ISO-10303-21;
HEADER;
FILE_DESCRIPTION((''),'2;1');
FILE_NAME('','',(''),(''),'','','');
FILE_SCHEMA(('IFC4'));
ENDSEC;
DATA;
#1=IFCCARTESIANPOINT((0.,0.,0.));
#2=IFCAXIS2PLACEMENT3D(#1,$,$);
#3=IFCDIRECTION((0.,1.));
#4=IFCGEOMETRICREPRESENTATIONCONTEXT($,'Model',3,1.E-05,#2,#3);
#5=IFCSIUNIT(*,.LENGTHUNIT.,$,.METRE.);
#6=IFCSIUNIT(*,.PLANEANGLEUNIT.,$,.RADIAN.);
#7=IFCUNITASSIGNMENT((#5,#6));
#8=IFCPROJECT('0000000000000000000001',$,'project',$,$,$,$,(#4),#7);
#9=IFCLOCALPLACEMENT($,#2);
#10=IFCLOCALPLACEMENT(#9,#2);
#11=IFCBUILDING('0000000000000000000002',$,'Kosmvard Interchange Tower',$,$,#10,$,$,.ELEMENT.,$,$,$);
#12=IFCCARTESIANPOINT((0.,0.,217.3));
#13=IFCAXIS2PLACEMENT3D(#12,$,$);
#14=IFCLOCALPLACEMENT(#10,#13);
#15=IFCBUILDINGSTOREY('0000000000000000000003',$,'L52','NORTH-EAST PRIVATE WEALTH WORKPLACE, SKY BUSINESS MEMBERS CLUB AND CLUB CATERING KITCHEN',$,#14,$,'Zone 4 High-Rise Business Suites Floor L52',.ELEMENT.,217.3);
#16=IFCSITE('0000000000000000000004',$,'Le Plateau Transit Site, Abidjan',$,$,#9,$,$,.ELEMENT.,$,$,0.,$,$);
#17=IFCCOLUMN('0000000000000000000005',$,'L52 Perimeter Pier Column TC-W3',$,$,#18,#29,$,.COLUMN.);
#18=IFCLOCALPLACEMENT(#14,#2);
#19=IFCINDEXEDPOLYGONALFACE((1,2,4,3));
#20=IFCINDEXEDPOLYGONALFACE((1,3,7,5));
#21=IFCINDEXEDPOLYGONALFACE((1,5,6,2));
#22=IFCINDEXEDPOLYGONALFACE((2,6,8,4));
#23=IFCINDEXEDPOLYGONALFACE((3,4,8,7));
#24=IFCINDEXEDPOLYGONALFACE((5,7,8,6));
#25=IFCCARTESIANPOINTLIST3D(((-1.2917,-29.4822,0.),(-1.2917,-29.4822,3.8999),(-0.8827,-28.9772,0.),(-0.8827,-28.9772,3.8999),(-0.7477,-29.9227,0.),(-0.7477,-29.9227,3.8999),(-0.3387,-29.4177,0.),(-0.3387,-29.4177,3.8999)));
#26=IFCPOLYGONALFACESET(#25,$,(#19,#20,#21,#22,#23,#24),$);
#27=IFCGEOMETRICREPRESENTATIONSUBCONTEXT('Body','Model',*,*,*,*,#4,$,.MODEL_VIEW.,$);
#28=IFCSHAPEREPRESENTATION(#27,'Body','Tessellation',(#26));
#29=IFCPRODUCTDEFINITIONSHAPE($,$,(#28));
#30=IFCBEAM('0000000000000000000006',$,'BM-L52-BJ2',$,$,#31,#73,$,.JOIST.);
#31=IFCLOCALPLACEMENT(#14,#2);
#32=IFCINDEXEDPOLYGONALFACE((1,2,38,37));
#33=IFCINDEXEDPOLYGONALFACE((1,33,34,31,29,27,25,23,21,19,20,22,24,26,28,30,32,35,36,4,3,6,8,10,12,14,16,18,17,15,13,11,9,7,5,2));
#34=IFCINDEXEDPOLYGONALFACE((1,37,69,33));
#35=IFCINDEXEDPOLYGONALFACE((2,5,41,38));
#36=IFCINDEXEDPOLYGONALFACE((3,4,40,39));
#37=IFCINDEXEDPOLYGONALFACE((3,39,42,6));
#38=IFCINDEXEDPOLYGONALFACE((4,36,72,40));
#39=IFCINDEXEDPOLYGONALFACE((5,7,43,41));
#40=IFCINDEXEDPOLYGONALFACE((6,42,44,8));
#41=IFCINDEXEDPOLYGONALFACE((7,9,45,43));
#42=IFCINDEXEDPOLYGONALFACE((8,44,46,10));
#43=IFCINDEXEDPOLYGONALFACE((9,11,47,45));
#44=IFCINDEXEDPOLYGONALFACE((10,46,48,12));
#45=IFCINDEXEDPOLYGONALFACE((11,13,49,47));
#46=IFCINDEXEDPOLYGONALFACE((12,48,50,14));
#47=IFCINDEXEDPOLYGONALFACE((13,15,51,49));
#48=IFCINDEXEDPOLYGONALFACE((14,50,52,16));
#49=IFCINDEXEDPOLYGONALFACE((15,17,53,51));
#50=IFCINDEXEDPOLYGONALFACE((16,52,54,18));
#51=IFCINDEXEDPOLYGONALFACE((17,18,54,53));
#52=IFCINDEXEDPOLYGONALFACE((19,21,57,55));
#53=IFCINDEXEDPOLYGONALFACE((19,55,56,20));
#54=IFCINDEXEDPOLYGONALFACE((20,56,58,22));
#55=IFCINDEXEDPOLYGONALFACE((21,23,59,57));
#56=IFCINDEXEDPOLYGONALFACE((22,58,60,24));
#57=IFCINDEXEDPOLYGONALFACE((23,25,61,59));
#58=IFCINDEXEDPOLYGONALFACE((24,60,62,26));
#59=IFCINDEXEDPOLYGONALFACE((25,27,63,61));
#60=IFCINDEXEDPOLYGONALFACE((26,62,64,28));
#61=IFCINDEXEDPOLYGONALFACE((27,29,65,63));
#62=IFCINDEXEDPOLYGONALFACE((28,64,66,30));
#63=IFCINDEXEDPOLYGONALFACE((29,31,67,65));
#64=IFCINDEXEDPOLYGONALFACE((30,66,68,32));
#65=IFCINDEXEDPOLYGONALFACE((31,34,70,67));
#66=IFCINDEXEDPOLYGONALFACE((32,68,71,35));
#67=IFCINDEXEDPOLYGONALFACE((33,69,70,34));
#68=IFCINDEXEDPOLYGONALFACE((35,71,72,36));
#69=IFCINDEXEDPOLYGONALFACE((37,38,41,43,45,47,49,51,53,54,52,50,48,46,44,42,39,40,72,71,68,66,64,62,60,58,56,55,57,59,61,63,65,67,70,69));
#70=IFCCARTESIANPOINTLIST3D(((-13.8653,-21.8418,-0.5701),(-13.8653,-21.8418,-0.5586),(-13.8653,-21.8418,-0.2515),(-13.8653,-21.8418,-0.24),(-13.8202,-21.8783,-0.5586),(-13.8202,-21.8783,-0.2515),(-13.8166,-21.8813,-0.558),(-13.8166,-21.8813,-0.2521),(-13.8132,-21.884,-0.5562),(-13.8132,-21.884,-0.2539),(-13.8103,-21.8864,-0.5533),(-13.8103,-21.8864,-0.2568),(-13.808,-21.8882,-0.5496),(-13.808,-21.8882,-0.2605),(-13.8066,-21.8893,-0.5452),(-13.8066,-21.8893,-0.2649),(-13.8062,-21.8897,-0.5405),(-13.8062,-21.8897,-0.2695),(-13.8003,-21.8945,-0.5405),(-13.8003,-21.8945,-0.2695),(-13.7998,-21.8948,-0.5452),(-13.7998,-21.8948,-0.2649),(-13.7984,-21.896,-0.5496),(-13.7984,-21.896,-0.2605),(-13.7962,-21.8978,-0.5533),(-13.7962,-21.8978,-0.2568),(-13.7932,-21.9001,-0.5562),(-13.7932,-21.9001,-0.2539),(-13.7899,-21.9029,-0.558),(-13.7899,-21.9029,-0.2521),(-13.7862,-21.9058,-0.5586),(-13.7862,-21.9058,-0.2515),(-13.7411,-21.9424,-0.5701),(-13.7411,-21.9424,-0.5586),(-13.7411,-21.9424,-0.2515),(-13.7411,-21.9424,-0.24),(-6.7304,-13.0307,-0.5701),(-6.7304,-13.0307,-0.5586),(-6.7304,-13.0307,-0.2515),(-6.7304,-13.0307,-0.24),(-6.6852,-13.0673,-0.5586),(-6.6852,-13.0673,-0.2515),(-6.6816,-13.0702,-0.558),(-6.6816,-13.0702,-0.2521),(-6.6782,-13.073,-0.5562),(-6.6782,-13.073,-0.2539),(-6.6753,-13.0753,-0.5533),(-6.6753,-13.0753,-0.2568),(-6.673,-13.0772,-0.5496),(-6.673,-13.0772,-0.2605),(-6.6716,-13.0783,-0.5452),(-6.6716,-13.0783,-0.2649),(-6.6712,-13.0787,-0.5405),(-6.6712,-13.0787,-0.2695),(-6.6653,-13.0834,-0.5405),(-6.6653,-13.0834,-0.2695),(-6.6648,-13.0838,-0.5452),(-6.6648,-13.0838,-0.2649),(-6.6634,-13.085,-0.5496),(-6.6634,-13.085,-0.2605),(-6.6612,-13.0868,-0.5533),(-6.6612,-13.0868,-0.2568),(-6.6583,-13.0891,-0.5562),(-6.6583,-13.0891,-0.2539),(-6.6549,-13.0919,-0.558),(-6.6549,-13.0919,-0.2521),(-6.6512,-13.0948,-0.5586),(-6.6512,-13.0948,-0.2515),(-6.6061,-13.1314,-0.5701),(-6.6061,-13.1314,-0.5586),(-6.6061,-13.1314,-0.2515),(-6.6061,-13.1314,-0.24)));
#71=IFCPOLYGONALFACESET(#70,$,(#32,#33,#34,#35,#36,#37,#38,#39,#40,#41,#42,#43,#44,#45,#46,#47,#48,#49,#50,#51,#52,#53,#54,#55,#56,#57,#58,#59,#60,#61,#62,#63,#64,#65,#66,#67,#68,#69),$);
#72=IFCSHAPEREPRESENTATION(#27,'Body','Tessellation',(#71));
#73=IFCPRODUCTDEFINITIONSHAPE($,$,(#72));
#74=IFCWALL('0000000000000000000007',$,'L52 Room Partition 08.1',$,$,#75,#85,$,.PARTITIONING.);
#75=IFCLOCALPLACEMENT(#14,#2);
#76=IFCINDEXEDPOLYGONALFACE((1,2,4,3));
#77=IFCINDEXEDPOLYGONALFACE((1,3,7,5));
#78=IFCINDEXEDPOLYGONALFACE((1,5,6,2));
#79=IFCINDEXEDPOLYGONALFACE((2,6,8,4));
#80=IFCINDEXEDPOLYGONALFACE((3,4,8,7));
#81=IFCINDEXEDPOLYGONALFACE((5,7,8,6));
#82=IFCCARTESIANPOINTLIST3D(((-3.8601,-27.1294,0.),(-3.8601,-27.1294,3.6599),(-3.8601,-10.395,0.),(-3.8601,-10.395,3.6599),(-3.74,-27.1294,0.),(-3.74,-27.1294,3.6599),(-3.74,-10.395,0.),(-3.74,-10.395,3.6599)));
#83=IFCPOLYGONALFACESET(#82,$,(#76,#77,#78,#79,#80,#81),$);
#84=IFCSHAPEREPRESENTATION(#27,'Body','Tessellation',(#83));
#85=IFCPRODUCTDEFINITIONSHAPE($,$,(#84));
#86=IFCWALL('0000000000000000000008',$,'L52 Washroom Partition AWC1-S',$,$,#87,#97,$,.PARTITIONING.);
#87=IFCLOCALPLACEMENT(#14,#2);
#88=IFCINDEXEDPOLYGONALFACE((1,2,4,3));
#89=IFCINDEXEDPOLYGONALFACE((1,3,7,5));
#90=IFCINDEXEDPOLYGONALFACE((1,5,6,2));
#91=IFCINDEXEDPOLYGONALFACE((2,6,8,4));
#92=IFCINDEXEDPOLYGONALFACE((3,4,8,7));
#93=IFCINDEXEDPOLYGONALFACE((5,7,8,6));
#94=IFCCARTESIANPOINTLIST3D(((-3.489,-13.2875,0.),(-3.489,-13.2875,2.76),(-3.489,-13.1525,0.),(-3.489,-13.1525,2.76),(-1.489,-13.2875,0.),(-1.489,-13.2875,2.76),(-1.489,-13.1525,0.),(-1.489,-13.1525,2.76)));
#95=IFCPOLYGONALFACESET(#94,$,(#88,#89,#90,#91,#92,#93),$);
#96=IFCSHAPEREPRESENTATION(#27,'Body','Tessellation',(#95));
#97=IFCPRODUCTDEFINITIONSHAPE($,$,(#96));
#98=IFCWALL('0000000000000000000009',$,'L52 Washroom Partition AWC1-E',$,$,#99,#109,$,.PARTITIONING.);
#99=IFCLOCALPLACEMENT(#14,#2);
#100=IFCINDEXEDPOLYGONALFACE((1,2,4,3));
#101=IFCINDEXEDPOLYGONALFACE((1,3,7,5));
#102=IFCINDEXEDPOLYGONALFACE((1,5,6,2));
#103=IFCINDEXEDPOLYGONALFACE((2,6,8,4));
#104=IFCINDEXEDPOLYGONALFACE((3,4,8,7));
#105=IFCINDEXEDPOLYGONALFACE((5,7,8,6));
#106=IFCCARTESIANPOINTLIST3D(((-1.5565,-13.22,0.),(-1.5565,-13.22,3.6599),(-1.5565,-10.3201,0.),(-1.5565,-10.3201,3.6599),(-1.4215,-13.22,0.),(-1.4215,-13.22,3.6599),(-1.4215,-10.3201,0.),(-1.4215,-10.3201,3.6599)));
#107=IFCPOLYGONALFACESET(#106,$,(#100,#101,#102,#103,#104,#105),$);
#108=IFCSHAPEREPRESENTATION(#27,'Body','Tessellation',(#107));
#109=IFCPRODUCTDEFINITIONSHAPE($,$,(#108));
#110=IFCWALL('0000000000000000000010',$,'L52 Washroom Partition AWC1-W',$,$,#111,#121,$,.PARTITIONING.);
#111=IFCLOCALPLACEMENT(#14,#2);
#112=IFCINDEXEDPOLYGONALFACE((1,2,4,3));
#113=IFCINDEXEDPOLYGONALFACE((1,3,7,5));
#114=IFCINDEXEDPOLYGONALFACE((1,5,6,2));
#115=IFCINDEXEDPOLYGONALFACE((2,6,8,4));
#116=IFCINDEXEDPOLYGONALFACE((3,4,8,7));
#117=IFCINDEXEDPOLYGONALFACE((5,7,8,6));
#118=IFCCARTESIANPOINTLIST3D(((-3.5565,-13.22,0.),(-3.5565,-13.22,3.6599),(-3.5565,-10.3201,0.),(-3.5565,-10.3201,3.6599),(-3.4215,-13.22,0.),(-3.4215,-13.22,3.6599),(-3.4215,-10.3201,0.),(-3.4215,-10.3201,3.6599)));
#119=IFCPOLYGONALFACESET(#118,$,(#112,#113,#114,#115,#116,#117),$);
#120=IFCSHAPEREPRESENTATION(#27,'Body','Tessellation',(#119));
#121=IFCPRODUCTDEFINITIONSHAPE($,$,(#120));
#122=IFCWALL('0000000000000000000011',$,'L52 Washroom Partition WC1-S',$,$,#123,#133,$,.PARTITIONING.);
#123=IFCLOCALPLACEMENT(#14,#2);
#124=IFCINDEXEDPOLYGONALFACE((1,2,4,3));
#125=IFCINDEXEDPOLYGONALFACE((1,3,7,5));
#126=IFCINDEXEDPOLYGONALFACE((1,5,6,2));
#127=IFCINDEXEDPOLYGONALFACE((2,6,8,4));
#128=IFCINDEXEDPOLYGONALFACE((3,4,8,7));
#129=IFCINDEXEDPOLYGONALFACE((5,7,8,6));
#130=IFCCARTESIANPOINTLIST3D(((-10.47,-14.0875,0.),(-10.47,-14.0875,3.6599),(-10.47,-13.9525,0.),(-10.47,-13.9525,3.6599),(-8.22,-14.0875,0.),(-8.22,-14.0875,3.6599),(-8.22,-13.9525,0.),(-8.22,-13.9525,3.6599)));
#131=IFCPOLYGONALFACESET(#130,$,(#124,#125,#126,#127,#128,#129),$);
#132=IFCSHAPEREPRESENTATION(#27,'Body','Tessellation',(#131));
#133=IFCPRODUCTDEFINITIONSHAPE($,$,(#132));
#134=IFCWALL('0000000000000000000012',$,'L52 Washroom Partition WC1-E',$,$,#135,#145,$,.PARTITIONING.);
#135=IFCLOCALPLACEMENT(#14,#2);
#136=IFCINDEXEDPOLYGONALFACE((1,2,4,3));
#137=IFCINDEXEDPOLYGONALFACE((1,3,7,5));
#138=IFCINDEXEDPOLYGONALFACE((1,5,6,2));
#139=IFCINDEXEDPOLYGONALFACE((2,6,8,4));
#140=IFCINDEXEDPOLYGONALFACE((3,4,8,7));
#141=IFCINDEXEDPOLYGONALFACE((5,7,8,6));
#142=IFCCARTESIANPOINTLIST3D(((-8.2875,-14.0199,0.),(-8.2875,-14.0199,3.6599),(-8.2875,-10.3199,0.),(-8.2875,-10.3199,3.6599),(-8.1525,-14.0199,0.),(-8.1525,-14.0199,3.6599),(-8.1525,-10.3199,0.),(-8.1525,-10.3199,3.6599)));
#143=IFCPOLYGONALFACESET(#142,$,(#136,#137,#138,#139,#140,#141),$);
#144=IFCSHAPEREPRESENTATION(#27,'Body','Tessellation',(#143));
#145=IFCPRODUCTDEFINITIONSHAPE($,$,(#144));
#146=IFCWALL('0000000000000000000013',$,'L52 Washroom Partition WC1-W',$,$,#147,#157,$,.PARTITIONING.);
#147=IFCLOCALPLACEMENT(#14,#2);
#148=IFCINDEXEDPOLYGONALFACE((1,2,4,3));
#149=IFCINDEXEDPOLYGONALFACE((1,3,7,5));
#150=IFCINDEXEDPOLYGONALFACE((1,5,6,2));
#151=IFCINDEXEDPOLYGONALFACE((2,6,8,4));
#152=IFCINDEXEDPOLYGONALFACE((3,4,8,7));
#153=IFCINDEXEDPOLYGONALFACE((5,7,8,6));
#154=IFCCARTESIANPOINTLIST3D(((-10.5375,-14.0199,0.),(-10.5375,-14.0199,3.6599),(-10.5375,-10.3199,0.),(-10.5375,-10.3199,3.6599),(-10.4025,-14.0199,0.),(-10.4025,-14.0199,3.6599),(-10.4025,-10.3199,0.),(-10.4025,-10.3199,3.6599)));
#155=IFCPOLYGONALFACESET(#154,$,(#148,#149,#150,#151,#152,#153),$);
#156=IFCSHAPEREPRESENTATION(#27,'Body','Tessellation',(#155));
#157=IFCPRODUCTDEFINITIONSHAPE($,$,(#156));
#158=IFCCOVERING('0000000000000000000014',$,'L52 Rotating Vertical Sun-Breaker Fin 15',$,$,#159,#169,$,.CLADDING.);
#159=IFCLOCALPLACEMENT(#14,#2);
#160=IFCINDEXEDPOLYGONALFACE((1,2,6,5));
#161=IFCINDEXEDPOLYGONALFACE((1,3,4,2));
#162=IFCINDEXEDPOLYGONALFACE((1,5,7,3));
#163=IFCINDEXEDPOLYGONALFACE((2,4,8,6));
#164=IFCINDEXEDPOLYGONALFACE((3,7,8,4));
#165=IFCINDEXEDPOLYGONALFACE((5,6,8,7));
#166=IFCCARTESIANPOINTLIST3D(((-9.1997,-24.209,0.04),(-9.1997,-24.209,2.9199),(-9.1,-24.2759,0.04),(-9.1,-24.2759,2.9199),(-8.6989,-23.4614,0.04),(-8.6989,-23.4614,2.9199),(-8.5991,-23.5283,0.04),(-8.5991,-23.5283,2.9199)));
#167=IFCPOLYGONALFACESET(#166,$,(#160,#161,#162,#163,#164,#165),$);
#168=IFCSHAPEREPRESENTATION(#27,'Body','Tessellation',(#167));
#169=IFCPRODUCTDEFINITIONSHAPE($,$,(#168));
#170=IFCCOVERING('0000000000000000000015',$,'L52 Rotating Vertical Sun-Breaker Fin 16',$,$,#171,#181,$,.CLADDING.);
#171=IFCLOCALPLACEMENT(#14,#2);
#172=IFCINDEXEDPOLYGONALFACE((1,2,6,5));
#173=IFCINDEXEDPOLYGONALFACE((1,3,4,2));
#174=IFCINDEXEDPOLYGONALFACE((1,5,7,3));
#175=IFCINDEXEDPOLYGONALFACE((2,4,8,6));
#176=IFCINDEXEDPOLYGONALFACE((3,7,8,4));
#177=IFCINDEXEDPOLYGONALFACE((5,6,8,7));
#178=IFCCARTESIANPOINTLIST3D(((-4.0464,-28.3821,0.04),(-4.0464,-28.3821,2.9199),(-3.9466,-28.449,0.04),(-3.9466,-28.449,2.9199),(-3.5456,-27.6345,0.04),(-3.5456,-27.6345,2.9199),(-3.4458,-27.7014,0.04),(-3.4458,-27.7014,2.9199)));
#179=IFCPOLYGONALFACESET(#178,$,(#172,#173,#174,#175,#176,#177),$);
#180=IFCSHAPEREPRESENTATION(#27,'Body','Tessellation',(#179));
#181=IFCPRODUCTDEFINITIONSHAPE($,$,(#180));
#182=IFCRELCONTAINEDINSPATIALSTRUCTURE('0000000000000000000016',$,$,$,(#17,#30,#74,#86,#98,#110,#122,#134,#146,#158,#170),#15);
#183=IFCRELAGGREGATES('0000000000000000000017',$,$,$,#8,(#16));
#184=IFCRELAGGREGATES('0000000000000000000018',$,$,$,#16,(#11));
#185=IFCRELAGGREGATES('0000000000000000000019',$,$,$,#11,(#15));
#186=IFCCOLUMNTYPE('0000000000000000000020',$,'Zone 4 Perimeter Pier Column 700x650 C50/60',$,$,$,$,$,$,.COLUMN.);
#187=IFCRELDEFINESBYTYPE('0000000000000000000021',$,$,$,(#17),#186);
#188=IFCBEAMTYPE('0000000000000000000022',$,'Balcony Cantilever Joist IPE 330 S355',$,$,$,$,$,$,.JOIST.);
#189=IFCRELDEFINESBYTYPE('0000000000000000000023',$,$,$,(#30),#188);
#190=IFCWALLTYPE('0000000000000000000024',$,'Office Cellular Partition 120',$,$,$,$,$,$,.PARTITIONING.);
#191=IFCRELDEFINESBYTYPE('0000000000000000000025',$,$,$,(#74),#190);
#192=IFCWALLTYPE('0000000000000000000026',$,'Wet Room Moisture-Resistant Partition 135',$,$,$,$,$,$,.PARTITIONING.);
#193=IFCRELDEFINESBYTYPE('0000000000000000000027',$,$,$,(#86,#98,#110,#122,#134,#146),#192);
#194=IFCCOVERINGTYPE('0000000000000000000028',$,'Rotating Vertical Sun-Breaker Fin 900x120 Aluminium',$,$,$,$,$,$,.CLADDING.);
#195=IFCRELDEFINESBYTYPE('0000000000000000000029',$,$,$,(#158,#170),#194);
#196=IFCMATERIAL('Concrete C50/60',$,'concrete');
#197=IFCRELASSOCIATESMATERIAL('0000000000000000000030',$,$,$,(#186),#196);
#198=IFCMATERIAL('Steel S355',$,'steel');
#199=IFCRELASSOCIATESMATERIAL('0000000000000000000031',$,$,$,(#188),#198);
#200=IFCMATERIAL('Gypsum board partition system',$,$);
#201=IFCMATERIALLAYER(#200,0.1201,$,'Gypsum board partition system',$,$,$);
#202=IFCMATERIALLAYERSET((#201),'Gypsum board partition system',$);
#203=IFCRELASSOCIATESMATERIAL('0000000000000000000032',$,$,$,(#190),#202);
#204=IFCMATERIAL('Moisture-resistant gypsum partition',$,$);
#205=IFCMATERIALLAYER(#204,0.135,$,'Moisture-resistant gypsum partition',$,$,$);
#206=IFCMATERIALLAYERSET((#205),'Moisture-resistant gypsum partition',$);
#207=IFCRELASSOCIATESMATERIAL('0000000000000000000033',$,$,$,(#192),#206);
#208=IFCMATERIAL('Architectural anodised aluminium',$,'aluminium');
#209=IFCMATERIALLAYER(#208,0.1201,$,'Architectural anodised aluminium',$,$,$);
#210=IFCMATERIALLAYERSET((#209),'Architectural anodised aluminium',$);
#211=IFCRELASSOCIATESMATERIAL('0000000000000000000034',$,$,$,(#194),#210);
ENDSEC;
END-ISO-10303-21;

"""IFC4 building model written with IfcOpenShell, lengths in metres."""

from ifc_helpers import new_model, si_unit, direction, frame, frame_2d, origin, origin_2d, place, context, subcontext, project, spatial, rectangle, i_section, extrude, source, transform, mapped, material, layer, layer_set, material_profile, profile_set, type_object, element, save


model = new_model("IFC4")

# Units and contexts
model_context = context("Model", 3, precision=1e-05, world=origin(), true_north=direction((0.0, 1.0)))
body_context = subcontext(model_context, "Body", "Model", "MODEL_VIEW")
ifc_project = project(units=[si_unit("LENGTHUNIT", "METRE"), si_unit("PLANEANGLEUNIT", "RADIAN")], contexts=[model_context])

# Site, building, storey
site_placement = place(None, origin())
site = spatial("IfcSite", under=ifc_project, at=site_placement, Name="Le Plateau Transit Site, Abidjan", CompositionType="ELEMENT", RefElevation=0.0)
building_placement = place(site_placement, origin())
building = spatial("IfcBuilding", under=site, at=building_placement, Name="Kosmvard Interchange Tower", CompositionType="ELEMENT")
storey_placement = place(building_placement, frame((0.0, 0.0, 217.3)))
storey = spatial("IfcBuildingStorey", under=building, at=storey_placement, Name="L52", Description="NORTH-EAST PRIVATE WEALTH WORKPLACE, SKY BUSINESS MEMBERS CLUB AND CLUB CATERING KITCHEN", LongName="Zone 4 High-Rise Business Suites Floor L52", CompositionType="ELEMENT", Elevation=217.3)

# Column
ifc_material_1 = material(Name="Concrete C50/60", Category="concrete")
ifc_material_profile_1 = material_profile(ifc_material_1, rectangle(XDim=0.6499, YDim=0.7, at=origin_2d()), Name="TC 700x650")
ifc_profile_set_1 = profile_set([ifc_material_profile_1], Name="Concrete C50/60")
column_type = type_object("IfcColumnType", Name="Zone 4 Perimeter Pier Column 700x650 C50/60", PredefinedType="COLUMN", material=ifc_profile_set_1)
shared_shape_1 = source(origin(), body_context, "Body", "SweptSolid", [
    extrude(rectangle(XDim=0.6499, YDim=0.7, at=origin_2d()), origin(), (0.0, 0.0, 1.0), 3.8999),
])
column_placement = place(storey_placement, frame((-0.8152, -29.45, 0.0), z_axis=(0.0, 0.0, 1.0), x_axis=(0.62932, 0.777146, 0.0)))
element("IfcColumn", 1, at=column_placement, inside=storey, type_object=column_type, Name="L52 Perimeter Pier Column TC-W3", PredefinedType="COLUMN", context=body_context, shape_type="MappedRepresentation", body=[
    mapped(shared_shape_1, transform((0.0, 0.0, 0.0), scale=1.0)),
])

# Beam
ifc_material_2 = material(Name="Steel S355", Category="steel")
ifc_material_profile_2 = material_profile(ifc_material_2, i_section(OverallWidth=0.1599, OverallDepth=0.3301, WebThickness=0.0076, FlangeThickness=0.0115, FilletRadius=0.0181, at=origin_2d()), Name="IPE 330")
ifc_profile_set_2 = profile_set([ifc_material_profile_2], Name="Steel S355")
beam_type = type_object("IfcBeamType", Name="Balcony Cantilever Joist IPE 330 S355", PredefinedType="JOIST", material=ifc_profile_set_2)
shared_shape_2 = source(origin(), body_context, "Body", "SweptSolid", [
    extrude(i_section(OverallWidth=0.1599, OverallDepth=0.3301, WebThickness=0.0076, FlangeThickness=0.0115, FilletRadius=0.0181, at=origin_2d()), origin(), (0.0, 0.0, 1.0), 11.3376),
])
beam_placement = place(storey_placement, frame((-6.6682, -13.0811, -0.405), z_axis=(-0.629319, -0.777147, 0.0), x_axis=(0.777147, -0.629319, 0.0)))
element("IfcBeam", 2, at=beam_placement, inside=storey, type_object=beam_type, Name="BM-L52-BJ2", PredefinedType="JOIST", context=body_context, shape_type="MappedRepresentation", body=[
    mapped(shared_shape_2, transform((0.0, 0.0, 0.0), scale=1.0)),
])

# Walls
ifc_material_3 = material(Name="Gypsum board partition system")
ifc_layer_1 = layer(ifc_material_3, 0.1201, Name="Gypsum board partition system")
ifc_layer_set_1 = layer_set([ifc_layer_1], Name="Gypsum board partition system")
wall_type_1 = type_object("IfcWallType", Name="Office Cellular Partition 120", PredefinedType="PARTITIONING", material=ifc_layer_set_1)
wall_1_placement = place(storey_placement, frame((-3.8, -27.1294, 0.0), z_axis=(0.0, 0.0, 1.0), x_axis=(0.0, 1.0, 0.0)))
element("IfcWall", 3, at=wall_1_placement, inside=storey, type_object=wall_type_1, Name="L52 Room Partition 08.1", PredefinedType="PARTITIONING", context=body_context, shape_type="SweptSolid", body=[
    extrude(rectangle(XDim=16.7344, YDim=0.1201, at=frame_2d((8.3672, 0.0))), origin(), (0.0, 0.0, 1.0), 3.6599),
])
ifc_material_4 = material(Name="Moisture-resistant gypsum partition")
ifc_layer_2 = layer(ifc_material_4, 0.135, Name="Moisture-resistant gypsum partition")
ifc_layer_set_2 = layer_set([ifc_layer_2], Name="Moisture-resistant gypsum partition")
wall_type_2 = type_object("IfcWallType", Name="Wet Room Moisture-Resistant Partition 135", PredefinedType="PARTITIONING", material=ifc_layer_set_2)
wall_2_placement = place(storey_placement, frame((-3.489, -13.22, 0.0), z_axis=(0.0, 0.0, 1.0), x_axis=(1.0, 0.0, 0.0)))
element("IfcWall", 4, at=wall_2_placement, inside=storey, type_object=wall_type_2, Name="L52 Washroom Partition AWC1-S", PredefinedType="PARTITIONING", context=body_context, shape_type="SweptSolid", body=[
    extrude(rectangle(XDim=2.0, YDim=0.135, at=frame_2d((1.0, 0.0))), origin(), (0.0, 0.0, 1.0), 2.76),
])
for number, where, z_axis, x_axis, name in (
    (5, (-1.489, -13.22, 0.0), (0.0, 0.0, 1.0), (0.0, 1.0, 0.0), "L52 Washroom Partition AWC1-E"),
    (6, (-3.489, -13.22, 0.0), (0.0, 0.0, 1.0), (0.0, 1.0, 0.0), "L52 Washroom Partition AWC1-W"),
):
    element("IfcWall", number, at=place(storey_placement, frame(where, z_axis=z_axis, x_axis=x_axis)), inside=storey, type_object=wall_type_2, Name=name, PredefinedType="PARTITIONING", context=body_context, shape_type="SweptSolid", body=[
        extrude(rectangle(XDim=2.8999, YDim=0.135, at=frame_2d((1.45, 0.0))), origin(), (0.0, 0.0, 1.0), 3.6599),
    ])
wall_3_placement = place(storey_placement, frame((-10.47, -14.02, 0.0), z_axis=(0.0, 0.0, 1.0), x_axis=(1.0, 0.0, 0.0)))
element("IfcWall", 7, at=wall_3_placement, inside=storey, type_object=wall_type_2, Name="L52 Washroom Partition WC1-S", PredefinedType="PARTITIONING", context=body_context, shape_type="SweptSolid", body=[
    extrude(rectangle(XDim=2.25, YDim=0.135, at=frame_2d((1.125, 0.0))), origin(), (0.0, 0.0, 1.0), 3.6599),
])
for number, where, z_axis, x_axis, name in (
    (8, (-8.22, -14.02, 0.0), (0.0, 0.0, 1.0), (0.0, 1.0, 0.0), "L52 Washroom Partition WC1-E"),
    (9, (-10.47, -14.02, 0.0), (0.0, 0.0, 1.0), (0.0, 1.0, 0.0), "L52 Washroom Partition WC1-W"),
):
    element("IfcWall", number, at=place(storey_placement, frame(where, z_axis=z_axis, x_axis=x_axis)), inside=storey, type_object=wall_type_2, Name=name, PredefinedType="PARTITIONING", context=body_context, shape_type="SweptSolid", body=[
        extrude(rectangle(XDim=3.7, YDim=0.135, at=frame_2d((1.8501, 0.0))), origin(), (0.0, 0.0, 1.0), 3.6599),
    ])

# Coverings
ifc_material_5 = material(Name="Architectural anodised aluminium", Category="aluminium")
ifc_layer_3 = layer(ifc_material_5, 0.1201, Name="Architectural anodised aluminium")
ifc_layer_set_3 = layer_set([ifc_layer_3], Name="Architectural anodised aluminium")
covering_type = type_object("IfcCoveringType", Name="Rotating Vertical Sun-Breaker Fin 900x120 Aluminium", PredefinedType="CLADDING", material=ifc_layer_set_3)
shared_shape_3 = source(origin(), body_context, "Body", "SweptSolid", [
    extrude(rectangle(XDim=0.8999, YDim=0.1201, at=origin_2d()), origin(), (0.0, 0.0, 1.0), 2.8799),
])
for number, where, z_axis, x_axis, name in (
    (10, (-8.8994, -23.8687, 0.04), (0.0, 0.0, 1.0), (-0.556586, -0.83079, 0.0), "L52 Rotating Vertical Sun-Breaker Fin 15"),
    (11, (-3.7461, -28.0417, 0.04), (0.0, 0.0, 1.0), (-0.556586, -0.83079, 0.0), "L52 Rotating Vertical Sun-Breaker Fin 16"),
):
    element("IfcCovering", number, at=place(storey_placement, frame(where, z_axis=z_axis, x_axis=x_axis)), inside=storey, type_object=covering_type, Name=name, PredefinedType="CLADDING", context=body_context, shape_type="MappedRepresentation", body=[
        mapped(shared_shape_3, transform((0.0, 0.0, 0.0), scale=1.0)),
    ])

save(model, "model.ifc")
